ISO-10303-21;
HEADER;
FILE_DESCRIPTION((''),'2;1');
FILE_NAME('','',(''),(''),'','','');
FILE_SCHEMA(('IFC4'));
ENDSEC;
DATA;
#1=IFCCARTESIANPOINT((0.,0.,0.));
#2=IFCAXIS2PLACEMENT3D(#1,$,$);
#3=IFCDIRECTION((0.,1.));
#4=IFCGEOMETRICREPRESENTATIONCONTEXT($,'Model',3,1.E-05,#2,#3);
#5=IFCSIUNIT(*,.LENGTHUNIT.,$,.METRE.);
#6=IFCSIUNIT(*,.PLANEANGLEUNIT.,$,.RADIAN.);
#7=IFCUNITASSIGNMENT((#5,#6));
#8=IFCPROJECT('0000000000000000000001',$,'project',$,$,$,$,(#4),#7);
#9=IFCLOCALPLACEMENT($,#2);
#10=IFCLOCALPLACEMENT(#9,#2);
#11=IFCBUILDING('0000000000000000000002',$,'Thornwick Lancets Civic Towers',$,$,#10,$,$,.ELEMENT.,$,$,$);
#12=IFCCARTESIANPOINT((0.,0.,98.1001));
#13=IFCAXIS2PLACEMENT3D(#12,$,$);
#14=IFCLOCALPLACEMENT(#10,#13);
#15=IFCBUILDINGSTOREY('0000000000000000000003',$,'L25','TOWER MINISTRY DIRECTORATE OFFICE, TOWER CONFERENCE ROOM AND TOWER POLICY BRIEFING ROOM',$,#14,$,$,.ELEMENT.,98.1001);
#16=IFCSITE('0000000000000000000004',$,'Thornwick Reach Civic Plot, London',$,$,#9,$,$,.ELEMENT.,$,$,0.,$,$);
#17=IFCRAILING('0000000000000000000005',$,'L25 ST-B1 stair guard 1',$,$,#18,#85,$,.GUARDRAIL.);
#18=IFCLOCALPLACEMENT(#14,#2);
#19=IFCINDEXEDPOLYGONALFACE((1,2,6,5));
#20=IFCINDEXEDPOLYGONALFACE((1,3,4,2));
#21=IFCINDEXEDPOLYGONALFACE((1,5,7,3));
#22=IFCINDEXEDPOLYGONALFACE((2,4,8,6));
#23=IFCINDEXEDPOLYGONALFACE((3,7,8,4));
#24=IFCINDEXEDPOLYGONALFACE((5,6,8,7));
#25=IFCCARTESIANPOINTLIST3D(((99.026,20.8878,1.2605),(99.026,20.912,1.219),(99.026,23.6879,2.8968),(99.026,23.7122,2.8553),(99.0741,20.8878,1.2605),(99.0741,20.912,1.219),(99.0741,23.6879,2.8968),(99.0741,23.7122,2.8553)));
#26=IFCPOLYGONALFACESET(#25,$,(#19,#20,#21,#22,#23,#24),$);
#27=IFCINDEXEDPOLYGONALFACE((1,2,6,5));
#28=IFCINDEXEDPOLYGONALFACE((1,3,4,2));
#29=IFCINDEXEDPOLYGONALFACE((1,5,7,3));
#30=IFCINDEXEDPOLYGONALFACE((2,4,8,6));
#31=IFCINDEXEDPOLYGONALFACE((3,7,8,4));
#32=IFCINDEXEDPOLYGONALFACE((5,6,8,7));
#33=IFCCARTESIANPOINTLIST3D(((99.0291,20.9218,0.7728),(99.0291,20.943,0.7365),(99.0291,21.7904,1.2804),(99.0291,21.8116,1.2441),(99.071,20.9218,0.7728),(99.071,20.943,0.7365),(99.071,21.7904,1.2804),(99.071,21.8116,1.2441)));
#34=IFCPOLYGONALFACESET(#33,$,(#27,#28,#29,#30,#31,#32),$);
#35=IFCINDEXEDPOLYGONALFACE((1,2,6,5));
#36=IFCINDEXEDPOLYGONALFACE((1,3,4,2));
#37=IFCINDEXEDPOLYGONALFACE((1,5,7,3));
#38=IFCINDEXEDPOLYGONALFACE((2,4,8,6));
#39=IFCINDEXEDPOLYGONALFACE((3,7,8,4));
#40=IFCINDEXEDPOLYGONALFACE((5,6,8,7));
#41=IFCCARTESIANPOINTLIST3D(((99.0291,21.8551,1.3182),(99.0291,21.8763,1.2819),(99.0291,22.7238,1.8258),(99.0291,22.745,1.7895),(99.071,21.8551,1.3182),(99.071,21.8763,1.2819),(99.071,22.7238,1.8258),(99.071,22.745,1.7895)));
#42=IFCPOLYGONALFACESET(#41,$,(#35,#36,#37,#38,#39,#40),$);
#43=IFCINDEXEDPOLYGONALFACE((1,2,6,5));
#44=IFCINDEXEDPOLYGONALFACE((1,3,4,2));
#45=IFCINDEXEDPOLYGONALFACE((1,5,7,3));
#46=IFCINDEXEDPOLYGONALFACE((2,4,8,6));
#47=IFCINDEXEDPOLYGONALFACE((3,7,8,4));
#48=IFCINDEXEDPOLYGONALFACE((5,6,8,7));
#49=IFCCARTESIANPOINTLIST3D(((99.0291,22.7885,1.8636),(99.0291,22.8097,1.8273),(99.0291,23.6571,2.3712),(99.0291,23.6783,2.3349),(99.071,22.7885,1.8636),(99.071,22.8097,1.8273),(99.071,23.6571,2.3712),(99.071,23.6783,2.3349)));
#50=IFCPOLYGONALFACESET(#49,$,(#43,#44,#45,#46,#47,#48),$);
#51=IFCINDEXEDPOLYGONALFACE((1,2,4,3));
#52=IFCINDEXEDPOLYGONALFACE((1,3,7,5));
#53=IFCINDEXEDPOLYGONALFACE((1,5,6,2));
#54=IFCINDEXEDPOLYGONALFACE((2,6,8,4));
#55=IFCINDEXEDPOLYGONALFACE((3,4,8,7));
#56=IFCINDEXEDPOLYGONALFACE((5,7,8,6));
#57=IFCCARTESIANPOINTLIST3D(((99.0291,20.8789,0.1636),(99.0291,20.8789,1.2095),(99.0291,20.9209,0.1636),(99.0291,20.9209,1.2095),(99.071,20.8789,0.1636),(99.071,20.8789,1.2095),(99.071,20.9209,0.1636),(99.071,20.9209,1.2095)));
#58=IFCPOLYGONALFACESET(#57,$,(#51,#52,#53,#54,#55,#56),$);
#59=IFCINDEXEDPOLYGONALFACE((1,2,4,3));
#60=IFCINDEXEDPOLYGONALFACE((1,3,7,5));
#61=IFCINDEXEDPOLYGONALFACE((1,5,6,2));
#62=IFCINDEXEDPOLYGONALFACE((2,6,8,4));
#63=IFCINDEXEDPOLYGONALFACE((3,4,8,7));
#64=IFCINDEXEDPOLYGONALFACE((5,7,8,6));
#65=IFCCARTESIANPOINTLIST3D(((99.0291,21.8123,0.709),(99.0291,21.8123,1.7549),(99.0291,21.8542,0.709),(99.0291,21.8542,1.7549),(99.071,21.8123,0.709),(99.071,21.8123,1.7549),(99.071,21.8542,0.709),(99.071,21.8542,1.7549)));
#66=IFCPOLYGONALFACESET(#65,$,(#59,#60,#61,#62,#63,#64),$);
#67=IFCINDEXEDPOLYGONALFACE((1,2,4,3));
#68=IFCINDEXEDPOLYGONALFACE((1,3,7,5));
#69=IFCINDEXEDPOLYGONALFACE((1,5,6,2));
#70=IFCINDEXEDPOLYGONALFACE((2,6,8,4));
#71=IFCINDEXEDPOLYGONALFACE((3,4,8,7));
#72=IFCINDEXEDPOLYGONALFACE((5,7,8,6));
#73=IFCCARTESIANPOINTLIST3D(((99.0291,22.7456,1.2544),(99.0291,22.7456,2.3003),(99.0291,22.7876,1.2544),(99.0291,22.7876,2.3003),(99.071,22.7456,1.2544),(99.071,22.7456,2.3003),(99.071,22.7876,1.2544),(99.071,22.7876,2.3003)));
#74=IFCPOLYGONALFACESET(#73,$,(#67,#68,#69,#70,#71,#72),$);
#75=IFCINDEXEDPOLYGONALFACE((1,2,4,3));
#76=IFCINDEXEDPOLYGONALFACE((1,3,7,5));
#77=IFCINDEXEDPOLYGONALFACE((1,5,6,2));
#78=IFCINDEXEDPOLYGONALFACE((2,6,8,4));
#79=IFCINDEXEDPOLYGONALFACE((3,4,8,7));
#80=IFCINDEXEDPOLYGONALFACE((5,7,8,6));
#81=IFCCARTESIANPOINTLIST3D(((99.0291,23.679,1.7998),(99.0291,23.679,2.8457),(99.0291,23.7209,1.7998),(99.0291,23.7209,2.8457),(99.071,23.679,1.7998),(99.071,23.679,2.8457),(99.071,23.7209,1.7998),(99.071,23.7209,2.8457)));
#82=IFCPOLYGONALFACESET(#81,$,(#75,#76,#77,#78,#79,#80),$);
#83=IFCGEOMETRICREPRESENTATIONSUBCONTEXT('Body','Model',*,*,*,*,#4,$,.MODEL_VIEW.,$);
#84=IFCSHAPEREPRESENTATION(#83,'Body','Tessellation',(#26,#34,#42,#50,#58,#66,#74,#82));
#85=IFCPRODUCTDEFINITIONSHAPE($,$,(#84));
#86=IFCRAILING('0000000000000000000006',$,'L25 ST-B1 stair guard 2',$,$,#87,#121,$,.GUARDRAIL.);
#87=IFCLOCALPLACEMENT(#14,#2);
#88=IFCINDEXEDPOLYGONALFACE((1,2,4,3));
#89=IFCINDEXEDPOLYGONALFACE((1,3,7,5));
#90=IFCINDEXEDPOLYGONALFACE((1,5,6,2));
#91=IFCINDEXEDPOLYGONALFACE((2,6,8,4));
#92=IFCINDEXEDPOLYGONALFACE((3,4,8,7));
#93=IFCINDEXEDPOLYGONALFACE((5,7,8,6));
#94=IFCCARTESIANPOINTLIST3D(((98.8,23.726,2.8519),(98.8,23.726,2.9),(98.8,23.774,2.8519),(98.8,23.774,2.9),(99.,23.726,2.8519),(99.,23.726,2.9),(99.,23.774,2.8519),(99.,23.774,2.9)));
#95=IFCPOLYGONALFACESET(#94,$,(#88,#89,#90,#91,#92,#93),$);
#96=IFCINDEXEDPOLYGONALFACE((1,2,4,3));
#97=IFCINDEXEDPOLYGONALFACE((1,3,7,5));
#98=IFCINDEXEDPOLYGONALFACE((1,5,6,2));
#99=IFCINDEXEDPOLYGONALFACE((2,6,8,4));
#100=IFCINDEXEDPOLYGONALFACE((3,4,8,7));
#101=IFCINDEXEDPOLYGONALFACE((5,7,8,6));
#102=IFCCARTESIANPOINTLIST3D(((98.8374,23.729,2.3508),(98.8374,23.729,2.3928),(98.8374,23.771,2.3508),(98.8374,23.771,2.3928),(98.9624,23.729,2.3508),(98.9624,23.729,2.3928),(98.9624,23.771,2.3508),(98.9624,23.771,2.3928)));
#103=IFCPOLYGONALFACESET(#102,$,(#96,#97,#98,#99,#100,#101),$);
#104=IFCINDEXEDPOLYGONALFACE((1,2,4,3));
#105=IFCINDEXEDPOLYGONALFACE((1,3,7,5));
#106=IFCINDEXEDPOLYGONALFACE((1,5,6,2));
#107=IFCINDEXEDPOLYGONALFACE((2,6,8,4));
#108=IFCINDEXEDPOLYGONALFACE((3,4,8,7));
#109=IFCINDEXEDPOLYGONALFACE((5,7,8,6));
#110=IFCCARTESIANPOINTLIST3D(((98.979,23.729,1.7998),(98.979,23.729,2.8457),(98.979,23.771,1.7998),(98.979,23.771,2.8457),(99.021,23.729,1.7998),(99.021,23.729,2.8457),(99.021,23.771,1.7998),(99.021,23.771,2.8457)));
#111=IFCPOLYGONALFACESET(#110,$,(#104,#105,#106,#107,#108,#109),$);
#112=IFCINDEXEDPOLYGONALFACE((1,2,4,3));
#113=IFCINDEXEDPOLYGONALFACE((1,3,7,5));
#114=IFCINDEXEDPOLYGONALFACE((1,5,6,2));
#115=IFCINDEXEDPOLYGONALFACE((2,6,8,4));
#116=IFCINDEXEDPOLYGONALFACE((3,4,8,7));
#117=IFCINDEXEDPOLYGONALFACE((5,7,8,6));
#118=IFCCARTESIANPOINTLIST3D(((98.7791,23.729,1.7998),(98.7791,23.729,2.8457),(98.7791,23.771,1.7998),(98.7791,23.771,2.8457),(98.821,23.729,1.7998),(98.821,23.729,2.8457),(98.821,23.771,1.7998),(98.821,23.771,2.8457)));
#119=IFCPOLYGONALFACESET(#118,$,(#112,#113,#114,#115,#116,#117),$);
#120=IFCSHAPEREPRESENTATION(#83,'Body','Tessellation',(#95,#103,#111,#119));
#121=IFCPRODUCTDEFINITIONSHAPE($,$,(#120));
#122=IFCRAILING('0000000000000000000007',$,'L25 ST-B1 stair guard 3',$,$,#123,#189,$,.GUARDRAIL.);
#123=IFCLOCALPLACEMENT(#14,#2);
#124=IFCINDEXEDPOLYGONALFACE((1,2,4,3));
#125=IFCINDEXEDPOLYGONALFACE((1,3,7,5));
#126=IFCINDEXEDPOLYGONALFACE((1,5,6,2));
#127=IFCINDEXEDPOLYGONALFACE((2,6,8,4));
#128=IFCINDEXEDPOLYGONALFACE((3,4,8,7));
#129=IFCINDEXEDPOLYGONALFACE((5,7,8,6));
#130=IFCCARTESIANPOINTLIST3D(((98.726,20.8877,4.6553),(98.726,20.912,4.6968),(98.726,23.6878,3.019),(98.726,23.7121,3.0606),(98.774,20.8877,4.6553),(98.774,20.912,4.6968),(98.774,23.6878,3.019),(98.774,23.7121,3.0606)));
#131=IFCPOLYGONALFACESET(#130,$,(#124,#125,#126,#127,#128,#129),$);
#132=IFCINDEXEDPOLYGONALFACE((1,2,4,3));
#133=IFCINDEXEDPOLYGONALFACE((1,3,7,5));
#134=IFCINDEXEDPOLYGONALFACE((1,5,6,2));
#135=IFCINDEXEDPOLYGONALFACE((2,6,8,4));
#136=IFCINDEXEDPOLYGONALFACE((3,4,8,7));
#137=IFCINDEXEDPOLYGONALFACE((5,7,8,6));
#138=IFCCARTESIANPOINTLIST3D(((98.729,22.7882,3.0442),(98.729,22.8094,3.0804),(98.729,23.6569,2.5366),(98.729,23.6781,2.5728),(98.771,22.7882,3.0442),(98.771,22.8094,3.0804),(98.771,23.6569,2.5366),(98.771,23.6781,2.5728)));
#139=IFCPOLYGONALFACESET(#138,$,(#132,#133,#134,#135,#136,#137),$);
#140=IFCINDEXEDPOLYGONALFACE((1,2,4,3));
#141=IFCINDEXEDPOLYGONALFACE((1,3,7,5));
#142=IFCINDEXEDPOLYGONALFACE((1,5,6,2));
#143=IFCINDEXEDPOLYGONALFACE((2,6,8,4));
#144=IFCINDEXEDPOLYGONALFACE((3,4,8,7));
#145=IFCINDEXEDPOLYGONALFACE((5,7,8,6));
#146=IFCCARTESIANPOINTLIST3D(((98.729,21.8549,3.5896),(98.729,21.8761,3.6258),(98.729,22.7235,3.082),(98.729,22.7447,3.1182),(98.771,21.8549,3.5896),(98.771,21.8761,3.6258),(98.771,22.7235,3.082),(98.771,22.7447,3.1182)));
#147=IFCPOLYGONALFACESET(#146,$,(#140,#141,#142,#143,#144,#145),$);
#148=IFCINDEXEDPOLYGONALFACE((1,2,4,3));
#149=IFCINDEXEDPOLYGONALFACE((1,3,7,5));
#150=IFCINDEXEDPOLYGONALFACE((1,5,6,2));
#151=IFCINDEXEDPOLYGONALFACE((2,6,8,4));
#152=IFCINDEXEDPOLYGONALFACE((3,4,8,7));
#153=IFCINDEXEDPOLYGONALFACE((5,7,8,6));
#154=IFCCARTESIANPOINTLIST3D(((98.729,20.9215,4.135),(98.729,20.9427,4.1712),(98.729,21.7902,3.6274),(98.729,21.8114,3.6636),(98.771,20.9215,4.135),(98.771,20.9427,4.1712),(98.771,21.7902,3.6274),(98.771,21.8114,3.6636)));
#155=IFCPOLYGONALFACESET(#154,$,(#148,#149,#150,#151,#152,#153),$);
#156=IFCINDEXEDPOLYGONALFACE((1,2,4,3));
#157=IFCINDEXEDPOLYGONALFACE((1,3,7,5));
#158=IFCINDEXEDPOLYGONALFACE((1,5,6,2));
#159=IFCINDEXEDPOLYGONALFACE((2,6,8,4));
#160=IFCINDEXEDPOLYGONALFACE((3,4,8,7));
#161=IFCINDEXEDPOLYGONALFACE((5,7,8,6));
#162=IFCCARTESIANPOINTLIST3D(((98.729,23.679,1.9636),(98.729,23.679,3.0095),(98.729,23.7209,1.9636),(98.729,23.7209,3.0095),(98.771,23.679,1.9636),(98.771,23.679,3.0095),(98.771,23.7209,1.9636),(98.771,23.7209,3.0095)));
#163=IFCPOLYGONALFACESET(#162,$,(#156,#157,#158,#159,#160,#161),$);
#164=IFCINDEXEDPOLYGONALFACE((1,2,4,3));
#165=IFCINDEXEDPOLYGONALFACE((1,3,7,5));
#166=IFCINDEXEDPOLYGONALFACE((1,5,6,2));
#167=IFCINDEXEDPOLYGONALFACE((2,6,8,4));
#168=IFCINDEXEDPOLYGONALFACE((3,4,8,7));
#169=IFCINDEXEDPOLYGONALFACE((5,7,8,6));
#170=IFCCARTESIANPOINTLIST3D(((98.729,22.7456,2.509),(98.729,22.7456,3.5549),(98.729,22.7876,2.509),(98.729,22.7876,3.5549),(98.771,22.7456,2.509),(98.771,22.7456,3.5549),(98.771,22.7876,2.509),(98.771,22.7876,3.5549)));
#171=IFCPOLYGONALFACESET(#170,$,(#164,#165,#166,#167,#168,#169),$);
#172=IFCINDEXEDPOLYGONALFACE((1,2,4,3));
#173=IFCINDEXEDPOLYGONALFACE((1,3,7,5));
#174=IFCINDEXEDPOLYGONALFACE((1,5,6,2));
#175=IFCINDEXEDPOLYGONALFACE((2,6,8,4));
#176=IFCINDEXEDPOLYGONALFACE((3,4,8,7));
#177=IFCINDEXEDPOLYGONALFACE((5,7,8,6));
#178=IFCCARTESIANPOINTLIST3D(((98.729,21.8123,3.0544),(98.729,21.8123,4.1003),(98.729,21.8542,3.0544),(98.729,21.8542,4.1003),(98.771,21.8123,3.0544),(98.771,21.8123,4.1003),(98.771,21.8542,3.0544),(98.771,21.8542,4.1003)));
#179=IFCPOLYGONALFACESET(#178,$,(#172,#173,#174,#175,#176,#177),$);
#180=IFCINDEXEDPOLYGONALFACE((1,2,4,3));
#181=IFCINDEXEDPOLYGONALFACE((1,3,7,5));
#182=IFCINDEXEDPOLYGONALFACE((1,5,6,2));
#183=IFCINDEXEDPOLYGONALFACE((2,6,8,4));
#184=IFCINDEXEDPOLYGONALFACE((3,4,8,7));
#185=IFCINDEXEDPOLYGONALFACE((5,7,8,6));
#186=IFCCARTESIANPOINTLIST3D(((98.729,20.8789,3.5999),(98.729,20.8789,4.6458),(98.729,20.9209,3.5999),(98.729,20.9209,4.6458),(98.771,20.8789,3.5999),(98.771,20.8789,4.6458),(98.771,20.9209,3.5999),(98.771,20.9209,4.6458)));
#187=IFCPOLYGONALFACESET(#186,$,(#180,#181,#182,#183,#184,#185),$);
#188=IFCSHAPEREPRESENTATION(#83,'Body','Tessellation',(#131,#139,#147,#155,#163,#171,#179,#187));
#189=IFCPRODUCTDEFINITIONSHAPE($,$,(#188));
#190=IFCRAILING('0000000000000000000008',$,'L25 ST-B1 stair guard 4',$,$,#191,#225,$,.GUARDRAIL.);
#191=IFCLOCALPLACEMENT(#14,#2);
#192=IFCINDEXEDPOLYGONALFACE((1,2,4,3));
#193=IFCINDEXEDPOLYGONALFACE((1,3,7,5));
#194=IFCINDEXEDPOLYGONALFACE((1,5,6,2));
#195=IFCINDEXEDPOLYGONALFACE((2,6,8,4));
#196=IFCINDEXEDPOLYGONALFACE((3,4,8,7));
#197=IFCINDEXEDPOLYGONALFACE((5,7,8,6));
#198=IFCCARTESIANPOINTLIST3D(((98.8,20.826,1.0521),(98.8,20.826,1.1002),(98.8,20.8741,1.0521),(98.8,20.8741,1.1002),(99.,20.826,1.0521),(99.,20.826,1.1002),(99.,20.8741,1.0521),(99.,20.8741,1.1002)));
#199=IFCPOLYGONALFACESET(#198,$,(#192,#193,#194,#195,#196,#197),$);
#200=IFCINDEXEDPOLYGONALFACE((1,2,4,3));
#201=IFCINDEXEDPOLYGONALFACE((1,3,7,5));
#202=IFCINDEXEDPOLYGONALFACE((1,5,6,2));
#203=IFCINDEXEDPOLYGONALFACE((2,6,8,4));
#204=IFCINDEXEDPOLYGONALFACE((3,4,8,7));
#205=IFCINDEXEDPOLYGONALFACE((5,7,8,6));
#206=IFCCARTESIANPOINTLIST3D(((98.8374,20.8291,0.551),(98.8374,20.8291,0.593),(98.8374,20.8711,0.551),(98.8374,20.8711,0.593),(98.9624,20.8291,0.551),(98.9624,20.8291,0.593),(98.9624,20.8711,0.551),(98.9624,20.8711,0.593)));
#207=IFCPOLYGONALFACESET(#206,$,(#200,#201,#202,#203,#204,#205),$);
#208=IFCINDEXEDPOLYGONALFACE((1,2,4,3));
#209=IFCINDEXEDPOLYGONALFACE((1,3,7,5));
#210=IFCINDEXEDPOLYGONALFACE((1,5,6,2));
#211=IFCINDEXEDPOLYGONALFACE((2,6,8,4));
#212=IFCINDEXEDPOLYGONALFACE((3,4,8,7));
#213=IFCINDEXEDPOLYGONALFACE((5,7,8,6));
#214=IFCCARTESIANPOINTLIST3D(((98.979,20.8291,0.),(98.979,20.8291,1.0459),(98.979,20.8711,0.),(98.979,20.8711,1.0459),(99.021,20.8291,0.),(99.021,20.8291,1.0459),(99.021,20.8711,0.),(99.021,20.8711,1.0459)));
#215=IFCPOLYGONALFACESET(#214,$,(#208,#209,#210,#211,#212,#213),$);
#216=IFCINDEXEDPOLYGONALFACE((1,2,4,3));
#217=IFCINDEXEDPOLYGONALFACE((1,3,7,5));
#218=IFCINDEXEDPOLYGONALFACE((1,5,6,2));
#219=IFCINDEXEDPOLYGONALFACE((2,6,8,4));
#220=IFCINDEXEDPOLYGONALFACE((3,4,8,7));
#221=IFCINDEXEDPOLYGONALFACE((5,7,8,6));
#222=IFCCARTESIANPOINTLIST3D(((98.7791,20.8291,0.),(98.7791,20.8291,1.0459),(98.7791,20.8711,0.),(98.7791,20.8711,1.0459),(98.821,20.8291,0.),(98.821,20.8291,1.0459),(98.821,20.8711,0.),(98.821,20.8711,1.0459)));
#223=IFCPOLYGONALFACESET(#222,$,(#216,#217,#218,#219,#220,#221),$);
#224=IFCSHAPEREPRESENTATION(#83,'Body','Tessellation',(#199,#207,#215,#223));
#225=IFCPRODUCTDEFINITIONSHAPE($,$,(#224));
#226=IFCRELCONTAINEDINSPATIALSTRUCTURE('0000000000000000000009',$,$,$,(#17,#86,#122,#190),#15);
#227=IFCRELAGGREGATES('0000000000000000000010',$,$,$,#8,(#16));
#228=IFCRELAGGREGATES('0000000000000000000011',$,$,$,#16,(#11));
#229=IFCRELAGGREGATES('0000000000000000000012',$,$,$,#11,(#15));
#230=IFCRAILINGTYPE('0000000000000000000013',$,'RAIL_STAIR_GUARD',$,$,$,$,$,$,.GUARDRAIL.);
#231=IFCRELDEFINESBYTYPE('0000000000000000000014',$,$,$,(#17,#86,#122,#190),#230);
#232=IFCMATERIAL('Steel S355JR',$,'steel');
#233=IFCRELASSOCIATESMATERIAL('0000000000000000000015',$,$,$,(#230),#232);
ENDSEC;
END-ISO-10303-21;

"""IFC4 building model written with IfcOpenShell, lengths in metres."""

from ifc_helpers import new_model, si_unit, direction, frame, origin, origin_2d, place, context, subcontext, project, spatial, rectangle, extrude, material, type_object, element, save


model = new_model("IFC4")

# Units and contexts
model_context = context("Model", 3, precision=1e-05, world=origin(), true_north=direction((0.0, 1.0)))
body_context = subcontext(model_context, "Body", "Model", "MODEL_VIEW")
ifc_project = project(units=[si_unit("LENGTHUNIT", "METRE"), si_unit("PLANEANGLEUNIT", "RADIAN")], contexts=[model_context])

# Site, building, storey
site_placement = place(None, origin())
site = spatial("IfcSite", under=ifc_project, at=site_placement, Name="Thornwick Reach Civic Plot, London", CompositionType="ELEMENT", RefElevation=0.0)
building_placement = place(site_placement, origin())
building = spatial("IfcBuilding", under=site, at=building_placement, Name="Thornwick Lancets Civic Towers", CompositionType="ELEMENT")
storey_placement = place(building_placement, frame((0.0, 0.0, 98.1001)))
storey = spatial("IfcBuildingStorey", under=building, at=storey_placement, Name="L25", Description="TOWER MINISTRY DIRECTORATE OFFICE, TOWER CONFERENCE ROOM AND TOWER POLICY BRIEFING ROOM", CompositionType="ELEMENT", Elevation=98.1001)

# Shared definitions
ifc_material_1 = material(Name="Steel S355JR", Category="steel")

# Railings
railing_type_1 = type_object("IfcRailingType", Name="RAIL_STAIR_GUARD", PredefinedType="GUARDRAIL", material=ifc_material_1)
railing_1_placement = place(storey_placement, frame((99.05, 20.8999, 0.1636)))
element("IfcRailing", 1, at=railing_1_placement, inside=storey, type_object=railing_type_1, Name="L25 ST-B1 stair guard 1", PredefinedType="GUARDRAIL", context=body_context, shape_type="SweptSolid", body=[
    extrude(rectangle(XDim=0.0481, YDim=0.0481, at=origin_2d()), frame((0.0, 0.0, 1.0762), z_axis=(0.0, 0.863394, 0.504531), x_axis=(-1.0, 0.0, 0.0)), (0.0, 0.0, 1.0), 3.2432),
    extrude(rectangle(XDim=0.042, YDim=0.042, at=origin_2d()), frame((0.0, 0.0325, 0.5911), z_axis=(0.0, 0.863394, 0.504531), x_axis=(-1.0, 0.0, 0.0)), (0.0, 0.0, 1.0), 1.0061),
    extrude(rectangle(XDim=0.042, YDim=0.042, at=origin_2d()), frame((0.0, 0.9658, 1.1365), z_axis=(0.0, 0.863394, 0.504531), x_axis=(-1.0, 0.0, 0.0)), (0.0, 0.0, 1.0), 1.0061),
    extrude(rectangle(XDim=0.042, YDim=0.042, at=origin_2d()), frame((0.0, 1.8992, 1.6819), z_axis=(0.0, 0.863394, 0.504531), x_axis=(-1.0, 0.0, 0.0)), (0.0, 0.0, 1.0), 1.0061),
    extrude(rectangle(XDim=0.042, YDim=0.042, at=origin_2d()), origin(), (0.0, 0.0, 1.0), 1.0459),
    extrude(rectangle(XDim=0.042, YDim=0.042, at=origin_2d()), frame((0.0, 0.9333, 0.5454)), (0.0, 0.0, 1.0), 1.0459),
    extrude(rectangle(XDim=0.042, YDim=0.042, at=origin_2d()), frame((0.0, 1.8667, 1.0908)), (0.0, 0.0, 1.0), 1.0459),
    extrude(rectangle(XDim=0.042, YDim=0.042, at=origin_2d()), frame((0.0, 2.8, 1.6362)), (0.0, 0.0, 1.0), 1.0459),
])
railing_2_placement = place(storey_placement, frame((99.0, 23.75, 1.7998)))
element("IfcRailing", 2, at=railing_2_placement, inside=storey, type_object=railing_type_1, Name="L25 ST-B1 stair guard 2", PredefinedType="GUARDRAIL", context=body_context, shape_type="SweptSolid", body=[
    extrude(rectangle(XDim=0.0481, YDim=0.0481, at=origin_2d()), frame((0.0, 0.0, 1.0762), z_axis=(-1.0, 0.0, 0.0), x_axis=(0.0, -1.0, 0.0)), (0.0, 0.0, 1.0), 0.2),
    extrude(rectangle(XDim=0.042, YDim=0.042, at=origin_2d()), frame((-0.0376, 0.0, 0.572), z_axis=(-1.0, 0.0, 0.0), x_axis=(0.0, -1.0, 0.0)), (0.0, 0.0, 1.0), 0.125),
    extrude(rectangle(XDim=0.042, YDim=0.042, at=origin_2d()), origin(), (0.0, 0.0, 1.0), 1.0459),
    extrude(rectangle(XDim=0.042, YDim=0.042, at=origin_2d()), frame((-0.2, 0.0, 0.0)), (0.0, 0.0, 1.0), 1.0459),
])
railing_3_placement = place(storey_placement, frame((98.75, 23.7, 1.9636)))
element("IfcRailing", 3, at=railing_3_placement, inside=storey, type_object=railing_type_1, Name="L25 ST-B1 stair guard 3", PredefinedType="GUARDRAIL", context=body_context, shape_type="SweptSolid", body=[
    extrude(rectangle(XDim=0.0481, YDim=0.0481, at=origin_2d()), frame((0.0, 0.0, 1.0762), z_axis=(0.0, -0.863394, 0.504531), x_axis=(1.0, 0.0, 0.0)), (0.0, 0.0, 1.0), 3.2432),
    extrude(rectangle(XDim=0.042, YDim=0.042, at=origin_2d()), frame((0.0, -0.0325, 0.5911), z_axis=(0.0, -0.863394, 0.504531), x_axis=(1.0, 0.0, 0.0)), (0.0, 0.0, 1.0), 1.0061),
    extrude(rectangle(XDim=0.042, YDim=0.042, at=origin_2d()), frame((0.0, -0.9658, 1.1365), z_axis=(0.0, -0.863394, 0.504531), x_axis=(1.0, 0.0, 0.0)), (0.0, 0.0, 1.0), 1.0061),
    extrude(rectangle(XDim=0.042, YDim=0.042, at=origin_2d()), frame((0.0, -1.8992, 1.6819), z_axis=(0.0, -0.863394, 0.504531), x_axis=(1.0, 0.0, 0.0)), (0.0, 0.0, 1.0), 1.0061),
    extrude(rectangle(XDim=0.042, YDim=0.042, at=origin_2d()), origin(), (0.0, 0.0, 1.0), 1.0459),
    extrude(rectangle(XDim=0.042, YDim=0.042, at=origin_2d()), frame((0.0, -0.9333, 0.5454)), (0.0, 0.0, 1.0), 1.0459),
    extrude(rectangle(XDim=0.042, YDim=0.042, at=origin_2d()), frame((0.0, -1.8667, 1.0908)), (0.0, 0.0, 1.0), 1.0459),
    extrude(rectangle(XDim=0.042, YDim=0.042, at=origin_2d()), frame((0.0, -2.8, 1.6362)), (0.0, 0.0, 1.0), 1.0459),
])
railing_4_placement = place(storey_placement, frame((99.0, 20.8501, 0.0)))
element("IfcRailing", 4, at=railing_4_placement, inside=storey, type_object=railing_type_1, Name="L25 ST-B1 stair guard 4", PredefinedType="GUARDRAIL", context=body_context, shape_type="SweptSolid", body=[
    extrude(rectangle(XDim=0.0481, YDim=0.0481, at=origin_2d()), frame((0.0, 0.0, 1.0762), z_axis=(-1.0, 0.0, 0.0), x_axis=(0.0, -1.0, 0.0)), (0.0, 0.0, 1.0), 0.2),
    extrude(rectangle(XDim=0.042, YDim=0.042, at=origin_2d()), frame((-0.0376, 0.0, 0.572), z_axis=(-1.0, 0.0, 0.0), x_axis=(0.0, -1.0, 0.0)), (0.0, 0.0, 1.0), 0.125),
    extrude(rectangle(XDim=0.042, YDim=0.042, at=origin_2d()), origin(), (0.0, 0.0, 1.0), 1.0459),
    extrude(rectangle(XDim=0.042, YDim=0.042, at=origin_2d()), frame((-0.2, 0.0, 0.0)), (0.0, 0.0, 1.0), 1.0459),
])

save(model, "model.ifc")
